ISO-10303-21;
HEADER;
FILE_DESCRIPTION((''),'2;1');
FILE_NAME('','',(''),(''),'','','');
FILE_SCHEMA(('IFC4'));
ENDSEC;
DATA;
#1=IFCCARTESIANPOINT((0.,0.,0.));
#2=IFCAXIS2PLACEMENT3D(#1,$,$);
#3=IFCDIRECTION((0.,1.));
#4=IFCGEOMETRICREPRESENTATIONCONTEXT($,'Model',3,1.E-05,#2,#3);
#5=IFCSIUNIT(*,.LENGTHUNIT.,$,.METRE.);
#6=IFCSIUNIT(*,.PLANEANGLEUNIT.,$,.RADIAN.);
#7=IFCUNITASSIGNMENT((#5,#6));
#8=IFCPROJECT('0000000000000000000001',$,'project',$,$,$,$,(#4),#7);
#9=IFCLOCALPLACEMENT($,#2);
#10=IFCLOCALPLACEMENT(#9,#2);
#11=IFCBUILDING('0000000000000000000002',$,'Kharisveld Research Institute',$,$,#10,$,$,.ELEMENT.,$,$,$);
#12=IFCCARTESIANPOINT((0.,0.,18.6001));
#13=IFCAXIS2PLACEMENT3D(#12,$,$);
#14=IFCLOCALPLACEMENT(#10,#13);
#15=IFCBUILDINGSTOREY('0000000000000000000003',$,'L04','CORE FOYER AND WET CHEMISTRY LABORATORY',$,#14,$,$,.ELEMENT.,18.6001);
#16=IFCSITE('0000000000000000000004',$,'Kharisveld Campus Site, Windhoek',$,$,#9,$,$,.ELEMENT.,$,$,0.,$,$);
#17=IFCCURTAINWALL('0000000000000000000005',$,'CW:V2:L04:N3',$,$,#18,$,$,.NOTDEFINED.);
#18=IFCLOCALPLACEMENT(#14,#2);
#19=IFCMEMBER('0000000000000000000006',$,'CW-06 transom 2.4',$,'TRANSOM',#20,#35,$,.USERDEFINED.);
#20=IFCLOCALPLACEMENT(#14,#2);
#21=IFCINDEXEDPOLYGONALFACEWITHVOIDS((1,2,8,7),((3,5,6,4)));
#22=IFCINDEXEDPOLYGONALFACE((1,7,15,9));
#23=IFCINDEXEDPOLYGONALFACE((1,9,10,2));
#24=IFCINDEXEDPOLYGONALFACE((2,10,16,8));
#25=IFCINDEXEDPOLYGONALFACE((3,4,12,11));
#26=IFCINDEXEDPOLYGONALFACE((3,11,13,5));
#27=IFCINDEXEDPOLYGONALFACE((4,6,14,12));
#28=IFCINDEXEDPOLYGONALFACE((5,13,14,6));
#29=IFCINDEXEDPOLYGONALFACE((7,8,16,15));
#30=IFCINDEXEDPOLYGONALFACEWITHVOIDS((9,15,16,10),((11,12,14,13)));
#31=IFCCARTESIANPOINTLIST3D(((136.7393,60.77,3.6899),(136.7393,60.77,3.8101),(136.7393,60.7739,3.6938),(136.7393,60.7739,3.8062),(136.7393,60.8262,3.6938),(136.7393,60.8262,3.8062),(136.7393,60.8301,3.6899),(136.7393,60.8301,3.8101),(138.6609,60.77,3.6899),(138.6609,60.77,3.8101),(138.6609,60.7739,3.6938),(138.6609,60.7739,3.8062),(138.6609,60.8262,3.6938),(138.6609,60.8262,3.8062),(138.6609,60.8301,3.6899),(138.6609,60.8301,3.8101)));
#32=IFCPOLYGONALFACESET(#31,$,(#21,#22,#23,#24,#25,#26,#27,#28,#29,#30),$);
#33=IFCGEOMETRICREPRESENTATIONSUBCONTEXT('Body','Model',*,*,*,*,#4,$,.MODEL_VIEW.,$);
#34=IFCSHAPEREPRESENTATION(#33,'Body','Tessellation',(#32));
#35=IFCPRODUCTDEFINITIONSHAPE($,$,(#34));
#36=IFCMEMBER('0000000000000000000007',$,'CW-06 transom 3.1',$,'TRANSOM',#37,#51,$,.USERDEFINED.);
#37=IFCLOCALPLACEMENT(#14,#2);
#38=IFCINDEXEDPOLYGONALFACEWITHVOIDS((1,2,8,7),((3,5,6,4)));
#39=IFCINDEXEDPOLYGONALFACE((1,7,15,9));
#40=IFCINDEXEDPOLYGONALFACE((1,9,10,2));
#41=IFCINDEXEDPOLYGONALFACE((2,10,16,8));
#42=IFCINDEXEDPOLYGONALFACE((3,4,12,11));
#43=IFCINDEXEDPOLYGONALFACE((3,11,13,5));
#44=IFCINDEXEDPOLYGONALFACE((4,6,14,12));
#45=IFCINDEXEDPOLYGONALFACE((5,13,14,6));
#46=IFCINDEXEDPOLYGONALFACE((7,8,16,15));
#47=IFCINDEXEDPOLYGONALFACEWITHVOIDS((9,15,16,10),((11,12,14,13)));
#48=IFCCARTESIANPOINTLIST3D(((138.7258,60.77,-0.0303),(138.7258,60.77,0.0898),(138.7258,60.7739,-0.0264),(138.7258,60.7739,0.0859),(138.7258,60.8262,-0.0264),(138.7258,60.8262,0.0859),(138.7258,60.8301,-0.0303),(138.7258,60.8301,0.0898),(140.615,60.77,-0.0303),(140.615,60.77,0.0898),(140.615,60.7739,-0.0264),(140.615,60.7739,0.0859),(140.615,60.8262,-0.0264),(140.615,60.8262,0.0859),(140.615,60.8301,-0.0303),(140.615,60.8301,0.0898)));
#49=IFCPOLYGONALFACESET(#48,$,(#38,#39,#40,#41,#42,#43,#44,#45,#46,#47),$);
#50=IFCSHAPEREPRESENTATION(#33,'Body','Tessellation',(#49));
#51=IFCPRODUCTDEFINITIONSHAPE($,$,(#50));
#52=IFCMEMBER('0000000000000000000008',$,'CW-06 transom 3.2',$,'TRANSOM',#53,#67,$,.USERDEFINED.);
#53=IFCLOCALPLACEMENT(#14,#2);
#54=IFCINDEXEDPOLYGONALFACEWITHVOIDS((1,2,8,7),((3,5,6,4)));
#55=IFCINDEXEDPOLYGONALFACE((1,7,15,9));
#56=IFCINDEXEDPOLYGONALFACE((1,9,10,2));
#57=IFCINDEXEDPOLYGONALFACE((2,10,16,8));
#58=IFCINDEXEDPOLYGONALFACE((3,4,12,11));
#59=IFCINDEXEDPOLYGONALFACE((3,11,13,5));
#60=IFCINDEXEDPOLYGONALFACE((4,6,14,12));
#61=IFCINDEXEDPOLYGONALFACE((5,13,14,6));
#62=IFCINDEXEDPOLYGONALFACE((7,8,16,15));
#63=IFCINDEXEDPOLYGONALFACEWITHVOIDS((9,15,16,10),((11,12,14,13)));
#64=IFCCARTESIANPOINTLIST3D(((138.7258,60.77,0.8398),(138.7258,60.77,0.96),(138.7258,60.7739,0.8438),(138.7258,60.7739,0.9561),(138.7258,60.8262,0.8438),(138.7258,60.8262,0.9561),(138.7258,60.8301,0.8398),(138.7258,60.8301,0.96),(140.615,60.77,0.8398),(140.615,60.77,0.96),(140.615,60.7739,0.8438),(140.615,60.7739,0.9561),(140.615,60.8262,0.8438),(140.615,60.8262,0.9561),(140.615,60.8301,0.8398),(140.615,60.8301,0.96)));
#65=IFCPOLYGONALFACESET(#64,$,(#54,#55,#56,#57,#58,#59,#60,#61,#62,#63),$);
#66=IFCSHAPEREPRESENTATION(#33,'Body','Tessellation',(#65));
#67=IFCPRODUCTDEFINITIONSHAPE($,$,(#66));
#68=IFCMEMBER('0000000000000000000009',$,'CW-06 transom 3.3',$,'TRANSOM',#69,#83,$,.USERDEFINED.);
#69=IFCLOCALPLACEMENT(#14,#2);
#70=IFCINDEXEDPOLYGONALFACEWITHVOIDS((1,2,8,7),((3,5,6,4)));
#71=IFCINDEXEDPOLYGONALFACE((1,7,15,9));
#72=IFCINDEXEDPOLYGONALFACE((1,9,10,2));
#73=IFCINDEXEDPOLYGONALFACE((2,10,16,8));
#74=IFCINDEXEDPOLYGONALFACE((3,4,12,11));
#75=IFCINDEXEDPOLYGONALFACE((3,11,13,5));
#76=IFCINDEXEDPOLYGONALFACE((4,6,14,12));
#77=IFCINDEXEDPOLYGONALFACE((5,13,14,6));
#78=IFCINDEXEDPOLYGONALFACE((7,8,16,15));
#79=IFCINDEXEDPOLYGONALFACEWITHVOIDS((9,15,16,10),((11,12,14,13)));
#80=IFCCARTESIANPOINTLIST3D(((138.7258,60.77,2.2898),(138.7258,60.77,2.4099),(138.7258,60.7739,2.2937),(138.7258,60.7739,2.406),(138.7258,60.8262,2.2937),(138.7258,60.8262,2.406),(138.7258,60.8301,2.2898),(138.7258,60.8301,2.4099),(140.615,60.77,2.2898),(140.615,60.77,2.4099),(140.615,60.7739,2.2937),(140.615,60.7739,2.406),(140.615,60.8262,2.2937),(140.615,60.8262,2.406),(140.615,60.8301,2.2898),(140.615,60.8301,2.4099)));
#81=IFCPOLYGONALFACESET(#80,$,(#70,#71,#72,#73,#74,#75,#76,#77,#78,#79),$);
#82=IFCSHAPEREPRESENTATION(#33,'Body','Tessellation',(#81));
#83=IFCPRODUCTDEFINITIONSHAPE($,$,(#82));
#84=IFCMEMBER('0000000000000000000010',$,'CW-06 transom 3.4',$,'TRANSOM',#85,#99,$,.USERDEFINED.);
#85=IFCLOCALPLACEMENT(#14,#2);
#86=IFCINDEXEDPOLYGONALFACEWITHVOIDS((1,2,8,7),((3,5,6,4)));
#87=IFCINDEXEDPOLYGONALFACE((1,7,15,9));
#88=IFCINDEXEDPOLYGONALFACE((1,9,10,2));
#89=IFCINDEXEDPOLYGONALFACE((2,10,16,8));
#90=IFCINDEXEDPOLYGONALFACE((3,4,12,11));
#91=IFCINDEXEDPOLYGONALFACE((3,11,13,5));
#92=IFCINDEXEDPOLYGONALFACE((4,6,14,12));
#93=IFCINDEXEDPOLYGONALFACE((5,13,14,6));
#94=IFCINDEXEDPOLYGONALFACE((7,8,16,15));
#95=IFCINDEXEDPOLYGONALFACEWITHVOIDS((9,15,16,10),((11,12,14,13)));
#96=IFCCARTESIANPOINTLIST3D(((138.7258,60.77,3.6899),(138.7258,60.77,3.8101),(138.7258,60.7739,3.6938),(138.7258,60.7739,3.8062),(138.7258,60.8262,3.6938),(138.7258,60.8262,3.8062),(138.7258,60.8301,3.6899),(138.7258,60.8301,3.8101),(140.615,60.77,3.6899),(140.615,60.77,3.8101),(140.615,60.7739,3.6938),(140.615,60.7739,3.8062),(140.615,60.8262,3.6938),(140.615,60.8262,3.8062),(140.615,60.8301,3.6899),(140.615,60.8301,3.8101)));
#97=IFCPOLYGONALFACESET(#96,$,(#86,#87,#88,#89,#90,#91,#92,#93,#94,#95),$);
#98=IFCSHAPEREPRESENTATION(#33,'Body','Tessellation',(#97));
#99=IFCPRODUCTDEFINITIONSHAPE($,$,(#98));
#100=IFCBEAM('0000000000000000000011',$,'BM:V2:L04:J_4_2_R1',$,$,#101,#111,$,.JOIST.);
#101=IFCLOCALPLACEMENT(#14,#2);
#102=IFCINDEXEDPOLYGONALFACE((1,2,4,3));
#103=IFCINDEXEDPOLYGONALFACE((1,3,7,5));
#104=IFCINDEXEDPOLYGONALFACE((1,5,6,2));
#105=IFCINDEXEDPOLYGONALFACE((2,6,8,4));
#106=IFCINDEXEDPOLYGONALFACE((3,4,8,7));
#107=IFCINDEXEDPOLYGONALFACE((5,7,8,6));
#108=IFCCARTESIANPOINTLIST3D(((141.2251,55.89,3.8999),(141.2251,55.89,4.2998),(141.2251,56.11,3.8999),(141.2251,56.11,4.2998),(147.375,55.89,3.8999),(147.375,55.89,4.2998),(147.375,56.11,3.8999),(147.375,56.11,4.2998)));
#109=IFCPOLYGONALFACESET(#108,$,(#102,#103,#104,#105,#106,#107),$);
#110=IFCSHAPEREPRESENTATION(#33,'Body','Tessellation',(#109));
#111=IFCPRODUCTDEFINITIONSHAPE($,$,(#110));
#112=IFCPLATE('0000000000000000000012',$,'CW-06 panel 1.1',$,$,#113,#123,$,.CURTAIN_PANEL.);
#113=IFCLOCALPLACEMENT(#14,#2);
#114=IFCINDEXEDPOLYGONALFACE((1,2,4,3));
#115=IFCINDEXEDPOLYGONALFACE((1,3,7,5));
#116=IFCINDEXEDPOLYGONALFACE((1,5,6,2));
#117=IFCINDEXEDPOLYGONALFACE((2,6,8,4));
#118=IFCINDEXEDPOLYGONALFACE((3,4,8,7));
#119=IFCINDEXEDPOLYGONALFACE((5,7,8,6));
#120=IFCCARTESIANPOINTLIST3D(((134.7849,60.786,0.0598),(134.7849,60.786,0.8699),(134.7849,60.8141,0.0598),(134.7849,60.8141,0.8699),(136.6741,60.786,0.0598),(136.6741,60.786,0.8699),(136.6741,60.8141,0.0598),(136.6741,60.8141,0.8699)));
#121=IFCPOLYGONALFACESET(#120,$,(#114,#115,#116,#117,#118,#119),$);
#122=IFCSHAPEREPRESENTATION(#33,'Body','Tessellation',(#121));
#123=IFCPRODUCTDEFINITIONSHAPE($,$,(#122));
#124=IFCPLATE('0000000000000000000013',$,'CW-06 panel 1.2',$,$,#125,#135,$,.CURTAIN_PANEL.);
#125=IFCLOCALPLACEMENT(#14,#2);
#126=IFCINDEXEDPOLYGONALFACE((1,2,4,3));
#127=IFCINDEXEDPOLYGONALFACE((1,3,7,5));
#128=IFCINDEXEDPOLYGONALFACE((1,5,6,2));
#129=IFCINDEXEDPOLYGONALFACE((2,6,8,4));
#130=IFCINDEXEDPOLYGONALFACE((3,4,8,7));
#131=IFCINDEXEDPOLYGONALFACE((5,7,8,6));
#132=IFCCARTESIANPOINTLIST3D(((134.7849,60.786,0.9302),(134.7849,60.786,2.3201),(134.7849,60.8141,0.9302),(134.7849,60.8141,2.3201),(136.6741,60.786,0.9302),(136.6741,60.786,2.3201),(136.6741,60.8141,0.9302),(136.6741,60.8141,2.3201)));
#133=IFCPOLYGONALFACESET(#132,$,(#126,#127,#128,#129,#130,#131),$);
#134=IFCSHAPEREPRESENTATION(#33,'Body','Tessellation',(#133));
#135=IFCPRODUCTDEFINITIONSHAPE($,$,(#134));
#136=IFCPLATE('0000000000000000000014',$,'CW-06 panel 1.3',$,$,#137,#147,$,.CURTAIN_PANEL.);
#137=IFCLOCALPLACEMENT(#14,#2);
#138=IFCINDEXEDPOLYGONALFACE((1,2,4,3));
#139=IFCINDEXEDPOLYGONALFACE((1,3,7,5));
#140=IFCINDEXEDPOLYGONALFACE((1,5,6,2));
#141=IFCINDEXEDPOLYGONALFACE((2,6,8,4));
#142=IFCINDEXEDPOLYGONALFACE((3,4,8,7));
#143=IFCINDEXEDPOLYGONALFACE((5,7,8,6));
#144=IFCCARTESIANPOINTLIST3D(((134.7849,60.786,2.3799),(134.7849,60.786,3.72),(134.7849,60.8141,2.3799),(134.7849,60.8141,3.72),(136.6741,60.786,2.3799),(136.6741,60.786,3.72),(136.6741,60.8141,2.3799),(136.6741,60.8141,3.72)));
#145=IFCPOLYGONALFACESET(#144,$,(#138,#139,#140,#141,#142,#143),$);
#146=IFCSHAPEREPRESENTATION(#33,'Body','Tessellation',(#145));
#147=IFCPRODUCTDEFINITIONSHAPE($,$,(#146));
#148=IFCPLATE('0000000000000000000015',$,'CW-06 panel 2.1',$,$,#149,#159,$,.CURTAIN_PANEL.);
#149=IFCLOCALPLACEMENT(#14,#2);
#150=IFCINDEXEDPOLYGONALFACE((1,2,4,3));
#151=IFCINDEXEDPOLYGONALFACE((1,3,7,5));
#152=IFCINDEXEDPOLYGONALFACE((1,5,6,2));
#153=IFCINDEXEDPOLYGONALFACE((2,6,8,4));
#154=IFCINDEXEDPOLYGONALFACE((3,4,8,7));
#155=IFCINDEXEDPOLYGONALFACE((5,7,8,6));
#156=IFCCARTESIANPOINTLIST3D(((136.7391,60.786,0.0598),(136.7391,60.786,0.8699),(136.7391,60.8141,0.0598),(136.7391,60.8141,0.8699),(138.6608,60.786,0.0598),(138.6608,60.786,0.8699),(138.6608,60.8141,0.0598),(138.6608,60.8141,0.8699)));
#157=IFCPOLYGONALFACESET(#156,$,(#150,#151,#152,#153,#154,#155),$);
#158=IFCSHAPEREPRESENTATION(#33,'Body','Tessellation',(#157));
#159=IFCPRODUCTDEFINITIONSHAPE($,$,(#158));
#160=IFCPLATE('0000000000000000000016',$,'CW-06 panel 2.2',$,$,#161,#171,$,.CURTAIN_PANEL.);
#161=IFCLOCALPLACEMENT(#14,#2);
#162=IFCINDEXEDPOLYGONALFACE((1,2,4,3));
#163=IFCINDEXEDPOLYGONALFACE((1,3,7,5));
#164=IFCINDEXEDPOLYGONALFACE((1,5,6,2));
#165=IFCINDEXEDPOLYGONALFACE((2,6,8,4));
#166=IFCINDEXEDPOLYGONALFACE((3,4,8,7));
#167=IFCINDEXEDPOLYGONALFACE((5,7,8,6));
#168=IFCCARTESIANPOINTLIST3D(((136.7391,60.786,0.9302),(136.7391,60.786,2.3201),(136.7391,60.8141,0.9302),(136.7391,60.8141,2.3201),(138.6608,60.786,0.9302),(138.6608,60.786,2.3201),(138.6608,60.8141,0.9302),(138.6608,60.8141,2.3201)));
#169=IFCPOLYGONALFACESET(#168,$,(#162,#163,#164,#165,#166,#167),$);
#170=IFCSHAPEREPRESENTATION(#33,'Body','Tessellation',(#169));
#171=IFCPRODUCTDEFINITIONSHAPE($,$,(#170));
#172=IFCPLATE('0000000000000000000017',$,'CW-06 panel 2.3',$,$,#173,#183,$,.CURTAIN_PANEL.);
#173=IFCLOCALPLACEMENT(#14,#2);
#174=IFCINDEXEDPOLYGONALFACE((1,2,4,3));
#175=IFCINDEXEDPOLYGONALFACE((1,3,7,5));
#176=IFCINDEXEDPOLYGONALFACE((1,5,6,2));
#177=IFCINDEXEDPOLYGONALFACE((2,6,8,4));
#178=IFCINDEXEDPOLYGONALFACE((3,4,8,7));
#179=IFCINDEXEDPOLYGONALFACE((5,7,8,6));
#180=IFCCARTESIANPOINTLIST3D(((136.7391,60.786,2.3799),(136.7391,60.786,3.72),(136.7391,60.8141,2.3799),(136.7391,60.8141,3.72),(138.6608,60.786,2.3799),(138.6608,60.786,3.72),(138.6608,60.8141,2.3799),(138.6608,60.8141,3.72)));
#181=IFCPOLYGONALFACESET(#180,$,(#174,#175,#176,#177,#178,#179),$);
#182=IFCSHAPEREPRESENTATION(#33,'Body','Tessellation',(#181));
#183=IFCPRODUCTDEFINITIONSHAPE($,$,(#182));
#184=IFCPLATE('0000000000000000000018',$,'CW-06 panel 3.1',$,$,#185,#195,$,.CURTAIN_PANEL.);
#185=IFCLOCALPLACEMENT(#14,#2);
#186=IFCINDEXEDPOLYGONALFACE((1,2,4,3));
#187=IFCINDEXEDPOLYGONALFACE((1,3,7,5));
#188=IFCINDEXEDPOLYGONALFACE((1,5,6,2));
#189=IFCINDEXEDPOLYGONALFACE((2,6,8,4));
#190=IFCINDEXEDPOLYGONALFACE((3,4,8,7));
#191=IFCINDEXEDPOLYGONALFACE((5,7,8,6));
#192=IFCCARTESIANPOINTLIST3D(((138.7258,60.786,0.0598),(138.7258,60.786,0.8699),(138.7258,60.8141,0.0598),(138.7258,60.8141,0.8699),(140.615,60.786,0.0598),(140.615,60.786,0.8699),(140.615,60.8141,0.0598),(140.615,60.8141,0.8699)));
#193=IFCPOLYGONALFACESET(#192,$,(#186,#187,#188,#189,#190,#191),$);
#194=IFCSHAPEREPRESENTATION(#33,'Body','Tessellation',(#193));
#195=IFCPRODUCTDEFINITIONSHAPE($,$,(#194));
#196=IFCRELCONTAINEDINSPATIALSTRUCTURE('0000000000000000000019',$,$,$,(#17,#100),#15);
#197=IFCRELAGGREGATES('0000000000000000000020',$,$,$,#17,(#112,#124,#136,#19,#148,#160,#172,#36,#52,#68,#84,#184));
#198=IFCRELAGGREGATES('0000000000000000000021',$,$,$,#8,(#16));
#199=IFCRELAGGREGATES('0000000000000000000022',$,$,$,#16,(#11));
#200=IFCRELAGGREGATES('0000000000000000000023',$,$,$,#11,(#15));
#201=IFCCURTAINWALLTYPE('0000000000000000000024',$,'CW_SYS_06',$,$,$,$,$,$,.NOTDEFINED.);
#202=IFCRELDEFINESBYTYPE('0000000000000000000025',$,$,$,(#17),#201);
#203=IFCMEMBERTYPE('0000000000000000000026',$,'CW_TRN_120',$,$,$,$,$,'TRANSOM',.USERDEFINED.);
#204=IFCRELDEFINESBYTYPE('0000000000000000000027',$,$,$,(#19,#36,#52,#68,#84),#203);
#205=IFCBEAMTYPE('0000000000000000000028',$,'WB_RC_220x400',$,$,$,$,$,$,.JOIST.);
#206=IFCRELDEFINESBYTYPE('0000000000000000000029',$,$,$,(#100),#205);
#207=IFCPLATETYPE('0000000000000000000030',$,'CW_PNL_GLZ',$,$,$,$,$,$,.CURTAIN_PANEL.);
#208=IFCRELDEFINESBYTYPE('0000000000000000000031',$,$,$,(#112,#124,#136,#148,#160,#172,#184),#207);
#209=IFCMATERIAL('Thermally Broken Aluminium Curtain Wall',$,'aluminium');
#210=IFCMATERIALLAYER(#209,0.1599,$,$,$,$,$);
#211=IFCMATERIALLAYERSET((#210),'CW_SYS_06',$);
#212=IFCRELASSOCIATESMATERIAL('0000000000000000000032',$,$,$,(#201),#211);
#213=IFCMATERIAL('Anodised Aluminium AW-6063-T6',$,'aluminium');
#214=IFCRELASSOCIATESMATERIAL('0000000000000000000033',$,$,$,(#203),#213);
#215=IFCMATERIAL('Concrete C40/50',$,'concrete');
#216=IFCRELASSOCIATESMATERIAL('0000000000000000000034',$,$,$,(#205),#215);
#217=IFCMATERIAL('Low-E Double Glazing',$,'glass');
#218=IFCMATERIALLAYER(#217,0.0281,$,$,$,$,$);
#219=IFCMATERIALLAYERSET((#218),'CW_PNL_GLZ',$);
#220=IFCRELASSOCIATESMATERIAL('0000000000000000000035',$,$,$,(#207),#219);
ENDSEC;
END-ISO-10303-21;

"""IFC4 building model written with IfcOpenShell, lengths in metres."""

from ifc_helpers import new_model, si_unit, direction, frame, origin, origin_2d, place, context, subcontext, project, spatial, rectangle, hollow_rectangle, extrude, material, layer, layer_set, material_profile, profile_set, type_object, element, aggregate, save


model = new_model("IFC4")

# Units and contexts
model_context = context("Model", 3, precision=1e-05, world=origin(), true_north=direction((0.0, 1.0)))
body_context = subcontext(model_context, "Body", "Model", "MODEL_VIEW")
ifc_project = project(units=[si_unit("LENGTHUNIT", "METRE"), si_unit("PLANEANGLEUNIT", "RADIAN")], contexts=[model_context])

# Site, building, storey
site_placement = place(None, origin())
site = spatial("IfcSite", under=ifc_project, at=site_placement, Name="Kharisveld Campus Site, Windhoek", CompositionType="ELEMENT", RefElevation=0.0)
building_placement = place(site_placement, origin())
building = spatial("IfcBuilding", under=site, at=building_placement, Name="Kharisveld Research Institute", CompositionType="ELEMENT")
storey_placement = place(building_placement, frame((0.0, 0.0, 18.6001)))
storey = spatial("IfcBuildingStorey", under=building, at=storey_placement, Name="L04", Description="CORE FOYER AND WET CHEMISTRY LABORATORY", CompositionType="ELEMENT", Elevation=18.6001)

# Curtain wall, members
ifc_material_1 = material(Name="Thermally Broken Aluminium Curtain Wall", Category="aluminium")
ifc_layer_1 = layer(ifc_material_1, 0.1599)
ifc_layer_set_1 = layer_set([ifc_layer_1], Name="CW_SYS_06")
curtain_wall_type = type_object("IfcCurtainWallType", Name="CW_SYS_06", PredefinedType="NOTDEFINED", material=ifc_layer_set_1)
curtain_wall_placement = place(storey_placement, origin())
curtain_wall = element("IfcCurtainWall", 1, at=curtain_wall_placement, inside=storey, type_object=curtain_wall_type, Name="CW:V2:L04:N3", PredefinedType="NOTDEFINED")
ifc_material_2 = material(Name="Anodised Aluminium AW-6063-T6", Category="aluminium")
ifc_material_profile_1 = material_profile(ifc_material_2, hollow_rectangle(XDim=0.0601, YDim=0.1201, WallThickness=0.0039, at=origin_2d()))
ifc_profile_set_1 = profile_set([ifc_material_profile_1], Name="Anodised Aluminium AW-6063-T6")
member_type_1 = type_object("IfcMemberType", Name="CW_TRN_120", ElementType="TRANSOM", PredefinedType="USERDEFINED", material=ifc_profile_set_1)
member_1_placement = place(storey_placement, frame((136.7393, 60.8, 3.75), z_axis=(1.0, 0.0, 0.0), x_axis=(0.0, 1.0, 0.0)))
member_1 = element("IfcMember", 2, at=member_1_placement, type_object=member_type_1, Name="CW-06 transom 2.4", ObjectType="TRANSOM", PredefinedType="USERDEFINED", context=body_context, shape_type="SweptSolid", body=[
    extrude(hollow_rectangle(XDim=0.0601, YDim=0.1201, WallThickness=0.0039, at=origin_2d()), origin(), (0.0, 0.0, 1.0), 1.9216),
])
member_2_placement = place(storey_placement, frame((138.7258, 60.8, 0.0298), z_axis=(1.0, 0.0, 0.0), x_axis=(0.0, 1.0, 0.0)))
member_2 = element("IfcMember", 3, at=member_2_placement, type_object=member_type_1, Name="CW-06 transom 3.1", ObjectType="TRANSOM", PredefinedType="USERDEFINED", context=body_context, shape_type="SweptSolid", body=[
    extrude(hollow_rectangle(XDim=0.0601, YDim=0.1201, WallThickness=0.0039, at=origin_2d()), origin(), (0.0, 0.0, 1.0), 1.8892),
])
member_3_placement = place(storey_placement, frame((138.7258, 60.8, 0.8999), z_axis=(1.0, 0.0, 0.0), x_axis=(0.0, 1.0, 0.0)))
member_3 = element("IfcMember", 4, at=member_3_placement, type_object=member_type_1, Name="CW-06 transom 3.2", ObjectType="TRANSOM", PredefinedType="USERDEFINED", context=body_context, shape_type="SweptSolid", body=[
    extrude(hollow_rectangle(XDim=0.0601, YDim=0.1201, WallThickness=0.0039, at=origin_2d()), origin(), (0.0, 0.0, 1.0), 1.8892),
])
member_4_placement = place(storey_placement, frame((138.7258, 60.8, 2.3499), z_axis=(1.0, 0.0, 0.0), x_axis=(0.0, 1.0, 0.0)))
member_4 = element("IfcMember", 5, at=member_4_placement, type_object=member_type_1, Name="CW-06 transom 3.3", ObjectType="TRANSOM", PredefinedType="USERDEFINED", context=body_context, shape_type="SweptSolid", body=[
    extrude(hollow_rectangle(XDim=0.0601, YDim=0.1201, WallThickness=0.0039, at=origin_2d()), origin(), (0.0, 0.0, 1.0), 1.8892),
])
member_5_placement = place(storey_placement, frame((138.7258, 60.8, 3.75), z_axis=(1.0, 0.0, 0.0), x_axis=(0.0, 1.0, 0.0)))
member_5 = element("IfcMember", 6, at=member_5_placement, type_object=member_type_1, Name="CW-06 transom 3.4", ObjectType="TRANSOM", PredefinedType="USERDEFINED", context=body_context, shape_type="SweptSolid", body=[
    extrude(hollow_rectangle(XDim=0.0601, YDim=0.1201, WallThickness=0.0039, at=origin_2d()), origin(), (0.0, 0.0, 1.0), 1.8892),
])

# Beam
ifc_material_3 = material(Name="Concrete C40/50", Category="concrete")
ifc_material_profile_2 = material_profile(ifc_material_3, rectangle(XDim=0.22, YDim=0.3999, at=origin_2d()))
ifc_profile_set_2 = profile_set([ifc_material_profile_2], Name="Concrete C40/50")
beam_type_1 = type_object("IfcBeamType", Name="WB_RC_220x400", PredefinedType="JOIST", material=ifc_profile_set_2)
beam_1_placement = place(storey_placement, frame((141.2251, 56.0, 4.0999), z_axis=(1.0, 0.0, 0.0), x_axis=(0.0, 1.0, 0.0)))
element("IfcBeam", 7, at=beam_1_placement, inside=storey, type_object=beam_type_1, Name="BM:V2:L04:J_4_2_R1", PredefinedType="JOIST", context=body_context, shape_type="SweptSolid", body=[
    extrude(rectangle(XDim=0.22, YDim=0.3999, at=origin_2d()), origin(), (0.0, 0.0, 1.0), 6.1499),
])

# Plates
ifc_material_4 = material(Name="Low-E Double Glazing", Category="glass")
ifc_layer_2 = layer(ifc_material_4, 0.0281)
ifc_layer_set_2 = layer_set([ifc_layer_2], Name="CW_PNL_GLZ")
plate_type = type_object("IfcPlateType", Name="CW_PNL_GLZ", PredefinedType="CURTAIN_PANEL", material=ifc_layer_set_2)
plate_1_placement = place(storey_placement, frame((135.7295, 60.8, 0.0598), z_axis=(0.0, 0.0, 1.0), x_axis=(1.0, 0.0, 0.0)))
plate_1 = element("IfcPlate", 8, at=plate_1_placement, type_object=plate_type, Name="CW-06 panel 1.1", PredefinedType="CURTAIN_PANEL", context=body_context, shape_type="SweptSolid", body=[
    extrude(rectangle(XDim=1.8892, YDim=0.0281, at=origin_2d()), origin(), (0.0, 0.0, 1.0), 0.8101),
])
plate_2_placement = place(storey_placement, frame((135.7295, 60.8, 0.9302), z_axis=(0.0, 0.0, 1.0), x_axis=(1.0, 0.0, 0.0)))
plate_2 = element("IfcPlate", 9, at=plate_2_placement, type_object=plate_type, Name="CW-06 panel 1.2", PredefinedType="CURTAIN_PANEL", context=body_context, shape_type="SweptSolid", body=[
    extrude(rectangle(XDim=1.8892, YDim=0.0281, at=origin_2d()), origin(), (0.0, 0.0, 1.0), 1.3899),
])
plate_3_placement = place(storey_placement, frame((135.7295, 60.8, 2.3799), z_axis=(0.0, 0.0, 1.0), x_axis=(1.0, 0.0, 0.0)))
plate_3 = element("IfcPlate", 10, at=plate_3_placement, type_object=plate_type, Name="CW-06 panel 1.3", PredefinedType="CURTAIN_PANEL", context=body_context, shape_type="SweptSolid", body=[
    extrude(rectangle(XDim=1.8892, YDim=0.0281, at=origin_2d()), origin(), (0.0, 0.0, 1.0), 1.3401),
])
plate_4_placement = place(storey_placement, frame((137.7, 60.8, 0.0598), z_axis=(0.0, 0.0, 1.0), x_axis=(1.0, 0.0, 0.0)))
plate_4 = element("IfcPlate", 11, at=plate_4_placement, type_object=plate_type, Name="CW-06 panel 2.1", PredefinedType="CURTAIN_PANEL", context=body_context, shape_type="SweptSolid", body=[
    extrude(rectangle(XDim=1.9216, YDim=0.0281, at=origin_2d()), origin(), (0.0, 0.0, 1.0), 0.8101),
])
plate_5_placement = place(storey_placement, frame((137.7, 60.8, 0.9302), z_axis=(0.0, 0.0, 1.0), x_axis=(1.0, 0.0, 0.0)))
plate_5 = element("IfcPlate", 12, at=plate_5_placement, type_object=plate_type, Name="CW-06 panel 2.2", PredefinedType="CURTAIN_PANEL", context=body_context, shape_type="SweptSolid", body=[
    extrude(rectangle(XDim=1.9216, YDim=0.0281, at=origin_2d()), origin(), (0.0, 0.0, 1.0), 1.3899),
])
plate_6_placement = place(storey_placement, frame((137.7, 60.8, 2.3799), z_axis=(0.0, 0.0, 1.0), x_axis=(1.0, 0.0, 0.0)))
plate_6 = element("IfcPlate", 13, at=plate_6_placement, type_object=plate_type, Name="CW-06 panel 2.3", PredefinedType="CURTAIN_PANEL", context=body_context, shape_type="SweptSolid", body=[
    extrude(rectangle(XDim=1.9216, YDim=0.0281, at=origin_2d()), origin(), (0.0, 0.0, 1.0), 1.3401),
])
plate_7_placement = place(storey_placement, frame((139.6704, 60.8, 0.0598), z_axis=(0.0, 0.0, 1.0), x_axis=(1.0, 0.0, 0.0)))
plate_7 = element("IfcPlate", 14, at=plate_7_placement, type_object=plate_type, Name="CW-06 panel 3.1", PredefinedType="CURTAIN_PANEL", context=body_context, shape_type="SweptSolid", body=[
    extrude(rectangle(XDim=1.8892, YDim=0.0281, at=origin_2d()), origin(), (0.0, 0.0, 1.0), 0.8101),
])
aggregate(curtain_wall, [plate_1, plate_2, plate_3, member_1, plate_4, plate_5, plate_6, member_2, member_3, member_4, member_5, plate_7])

save(model, "model.ifc")
